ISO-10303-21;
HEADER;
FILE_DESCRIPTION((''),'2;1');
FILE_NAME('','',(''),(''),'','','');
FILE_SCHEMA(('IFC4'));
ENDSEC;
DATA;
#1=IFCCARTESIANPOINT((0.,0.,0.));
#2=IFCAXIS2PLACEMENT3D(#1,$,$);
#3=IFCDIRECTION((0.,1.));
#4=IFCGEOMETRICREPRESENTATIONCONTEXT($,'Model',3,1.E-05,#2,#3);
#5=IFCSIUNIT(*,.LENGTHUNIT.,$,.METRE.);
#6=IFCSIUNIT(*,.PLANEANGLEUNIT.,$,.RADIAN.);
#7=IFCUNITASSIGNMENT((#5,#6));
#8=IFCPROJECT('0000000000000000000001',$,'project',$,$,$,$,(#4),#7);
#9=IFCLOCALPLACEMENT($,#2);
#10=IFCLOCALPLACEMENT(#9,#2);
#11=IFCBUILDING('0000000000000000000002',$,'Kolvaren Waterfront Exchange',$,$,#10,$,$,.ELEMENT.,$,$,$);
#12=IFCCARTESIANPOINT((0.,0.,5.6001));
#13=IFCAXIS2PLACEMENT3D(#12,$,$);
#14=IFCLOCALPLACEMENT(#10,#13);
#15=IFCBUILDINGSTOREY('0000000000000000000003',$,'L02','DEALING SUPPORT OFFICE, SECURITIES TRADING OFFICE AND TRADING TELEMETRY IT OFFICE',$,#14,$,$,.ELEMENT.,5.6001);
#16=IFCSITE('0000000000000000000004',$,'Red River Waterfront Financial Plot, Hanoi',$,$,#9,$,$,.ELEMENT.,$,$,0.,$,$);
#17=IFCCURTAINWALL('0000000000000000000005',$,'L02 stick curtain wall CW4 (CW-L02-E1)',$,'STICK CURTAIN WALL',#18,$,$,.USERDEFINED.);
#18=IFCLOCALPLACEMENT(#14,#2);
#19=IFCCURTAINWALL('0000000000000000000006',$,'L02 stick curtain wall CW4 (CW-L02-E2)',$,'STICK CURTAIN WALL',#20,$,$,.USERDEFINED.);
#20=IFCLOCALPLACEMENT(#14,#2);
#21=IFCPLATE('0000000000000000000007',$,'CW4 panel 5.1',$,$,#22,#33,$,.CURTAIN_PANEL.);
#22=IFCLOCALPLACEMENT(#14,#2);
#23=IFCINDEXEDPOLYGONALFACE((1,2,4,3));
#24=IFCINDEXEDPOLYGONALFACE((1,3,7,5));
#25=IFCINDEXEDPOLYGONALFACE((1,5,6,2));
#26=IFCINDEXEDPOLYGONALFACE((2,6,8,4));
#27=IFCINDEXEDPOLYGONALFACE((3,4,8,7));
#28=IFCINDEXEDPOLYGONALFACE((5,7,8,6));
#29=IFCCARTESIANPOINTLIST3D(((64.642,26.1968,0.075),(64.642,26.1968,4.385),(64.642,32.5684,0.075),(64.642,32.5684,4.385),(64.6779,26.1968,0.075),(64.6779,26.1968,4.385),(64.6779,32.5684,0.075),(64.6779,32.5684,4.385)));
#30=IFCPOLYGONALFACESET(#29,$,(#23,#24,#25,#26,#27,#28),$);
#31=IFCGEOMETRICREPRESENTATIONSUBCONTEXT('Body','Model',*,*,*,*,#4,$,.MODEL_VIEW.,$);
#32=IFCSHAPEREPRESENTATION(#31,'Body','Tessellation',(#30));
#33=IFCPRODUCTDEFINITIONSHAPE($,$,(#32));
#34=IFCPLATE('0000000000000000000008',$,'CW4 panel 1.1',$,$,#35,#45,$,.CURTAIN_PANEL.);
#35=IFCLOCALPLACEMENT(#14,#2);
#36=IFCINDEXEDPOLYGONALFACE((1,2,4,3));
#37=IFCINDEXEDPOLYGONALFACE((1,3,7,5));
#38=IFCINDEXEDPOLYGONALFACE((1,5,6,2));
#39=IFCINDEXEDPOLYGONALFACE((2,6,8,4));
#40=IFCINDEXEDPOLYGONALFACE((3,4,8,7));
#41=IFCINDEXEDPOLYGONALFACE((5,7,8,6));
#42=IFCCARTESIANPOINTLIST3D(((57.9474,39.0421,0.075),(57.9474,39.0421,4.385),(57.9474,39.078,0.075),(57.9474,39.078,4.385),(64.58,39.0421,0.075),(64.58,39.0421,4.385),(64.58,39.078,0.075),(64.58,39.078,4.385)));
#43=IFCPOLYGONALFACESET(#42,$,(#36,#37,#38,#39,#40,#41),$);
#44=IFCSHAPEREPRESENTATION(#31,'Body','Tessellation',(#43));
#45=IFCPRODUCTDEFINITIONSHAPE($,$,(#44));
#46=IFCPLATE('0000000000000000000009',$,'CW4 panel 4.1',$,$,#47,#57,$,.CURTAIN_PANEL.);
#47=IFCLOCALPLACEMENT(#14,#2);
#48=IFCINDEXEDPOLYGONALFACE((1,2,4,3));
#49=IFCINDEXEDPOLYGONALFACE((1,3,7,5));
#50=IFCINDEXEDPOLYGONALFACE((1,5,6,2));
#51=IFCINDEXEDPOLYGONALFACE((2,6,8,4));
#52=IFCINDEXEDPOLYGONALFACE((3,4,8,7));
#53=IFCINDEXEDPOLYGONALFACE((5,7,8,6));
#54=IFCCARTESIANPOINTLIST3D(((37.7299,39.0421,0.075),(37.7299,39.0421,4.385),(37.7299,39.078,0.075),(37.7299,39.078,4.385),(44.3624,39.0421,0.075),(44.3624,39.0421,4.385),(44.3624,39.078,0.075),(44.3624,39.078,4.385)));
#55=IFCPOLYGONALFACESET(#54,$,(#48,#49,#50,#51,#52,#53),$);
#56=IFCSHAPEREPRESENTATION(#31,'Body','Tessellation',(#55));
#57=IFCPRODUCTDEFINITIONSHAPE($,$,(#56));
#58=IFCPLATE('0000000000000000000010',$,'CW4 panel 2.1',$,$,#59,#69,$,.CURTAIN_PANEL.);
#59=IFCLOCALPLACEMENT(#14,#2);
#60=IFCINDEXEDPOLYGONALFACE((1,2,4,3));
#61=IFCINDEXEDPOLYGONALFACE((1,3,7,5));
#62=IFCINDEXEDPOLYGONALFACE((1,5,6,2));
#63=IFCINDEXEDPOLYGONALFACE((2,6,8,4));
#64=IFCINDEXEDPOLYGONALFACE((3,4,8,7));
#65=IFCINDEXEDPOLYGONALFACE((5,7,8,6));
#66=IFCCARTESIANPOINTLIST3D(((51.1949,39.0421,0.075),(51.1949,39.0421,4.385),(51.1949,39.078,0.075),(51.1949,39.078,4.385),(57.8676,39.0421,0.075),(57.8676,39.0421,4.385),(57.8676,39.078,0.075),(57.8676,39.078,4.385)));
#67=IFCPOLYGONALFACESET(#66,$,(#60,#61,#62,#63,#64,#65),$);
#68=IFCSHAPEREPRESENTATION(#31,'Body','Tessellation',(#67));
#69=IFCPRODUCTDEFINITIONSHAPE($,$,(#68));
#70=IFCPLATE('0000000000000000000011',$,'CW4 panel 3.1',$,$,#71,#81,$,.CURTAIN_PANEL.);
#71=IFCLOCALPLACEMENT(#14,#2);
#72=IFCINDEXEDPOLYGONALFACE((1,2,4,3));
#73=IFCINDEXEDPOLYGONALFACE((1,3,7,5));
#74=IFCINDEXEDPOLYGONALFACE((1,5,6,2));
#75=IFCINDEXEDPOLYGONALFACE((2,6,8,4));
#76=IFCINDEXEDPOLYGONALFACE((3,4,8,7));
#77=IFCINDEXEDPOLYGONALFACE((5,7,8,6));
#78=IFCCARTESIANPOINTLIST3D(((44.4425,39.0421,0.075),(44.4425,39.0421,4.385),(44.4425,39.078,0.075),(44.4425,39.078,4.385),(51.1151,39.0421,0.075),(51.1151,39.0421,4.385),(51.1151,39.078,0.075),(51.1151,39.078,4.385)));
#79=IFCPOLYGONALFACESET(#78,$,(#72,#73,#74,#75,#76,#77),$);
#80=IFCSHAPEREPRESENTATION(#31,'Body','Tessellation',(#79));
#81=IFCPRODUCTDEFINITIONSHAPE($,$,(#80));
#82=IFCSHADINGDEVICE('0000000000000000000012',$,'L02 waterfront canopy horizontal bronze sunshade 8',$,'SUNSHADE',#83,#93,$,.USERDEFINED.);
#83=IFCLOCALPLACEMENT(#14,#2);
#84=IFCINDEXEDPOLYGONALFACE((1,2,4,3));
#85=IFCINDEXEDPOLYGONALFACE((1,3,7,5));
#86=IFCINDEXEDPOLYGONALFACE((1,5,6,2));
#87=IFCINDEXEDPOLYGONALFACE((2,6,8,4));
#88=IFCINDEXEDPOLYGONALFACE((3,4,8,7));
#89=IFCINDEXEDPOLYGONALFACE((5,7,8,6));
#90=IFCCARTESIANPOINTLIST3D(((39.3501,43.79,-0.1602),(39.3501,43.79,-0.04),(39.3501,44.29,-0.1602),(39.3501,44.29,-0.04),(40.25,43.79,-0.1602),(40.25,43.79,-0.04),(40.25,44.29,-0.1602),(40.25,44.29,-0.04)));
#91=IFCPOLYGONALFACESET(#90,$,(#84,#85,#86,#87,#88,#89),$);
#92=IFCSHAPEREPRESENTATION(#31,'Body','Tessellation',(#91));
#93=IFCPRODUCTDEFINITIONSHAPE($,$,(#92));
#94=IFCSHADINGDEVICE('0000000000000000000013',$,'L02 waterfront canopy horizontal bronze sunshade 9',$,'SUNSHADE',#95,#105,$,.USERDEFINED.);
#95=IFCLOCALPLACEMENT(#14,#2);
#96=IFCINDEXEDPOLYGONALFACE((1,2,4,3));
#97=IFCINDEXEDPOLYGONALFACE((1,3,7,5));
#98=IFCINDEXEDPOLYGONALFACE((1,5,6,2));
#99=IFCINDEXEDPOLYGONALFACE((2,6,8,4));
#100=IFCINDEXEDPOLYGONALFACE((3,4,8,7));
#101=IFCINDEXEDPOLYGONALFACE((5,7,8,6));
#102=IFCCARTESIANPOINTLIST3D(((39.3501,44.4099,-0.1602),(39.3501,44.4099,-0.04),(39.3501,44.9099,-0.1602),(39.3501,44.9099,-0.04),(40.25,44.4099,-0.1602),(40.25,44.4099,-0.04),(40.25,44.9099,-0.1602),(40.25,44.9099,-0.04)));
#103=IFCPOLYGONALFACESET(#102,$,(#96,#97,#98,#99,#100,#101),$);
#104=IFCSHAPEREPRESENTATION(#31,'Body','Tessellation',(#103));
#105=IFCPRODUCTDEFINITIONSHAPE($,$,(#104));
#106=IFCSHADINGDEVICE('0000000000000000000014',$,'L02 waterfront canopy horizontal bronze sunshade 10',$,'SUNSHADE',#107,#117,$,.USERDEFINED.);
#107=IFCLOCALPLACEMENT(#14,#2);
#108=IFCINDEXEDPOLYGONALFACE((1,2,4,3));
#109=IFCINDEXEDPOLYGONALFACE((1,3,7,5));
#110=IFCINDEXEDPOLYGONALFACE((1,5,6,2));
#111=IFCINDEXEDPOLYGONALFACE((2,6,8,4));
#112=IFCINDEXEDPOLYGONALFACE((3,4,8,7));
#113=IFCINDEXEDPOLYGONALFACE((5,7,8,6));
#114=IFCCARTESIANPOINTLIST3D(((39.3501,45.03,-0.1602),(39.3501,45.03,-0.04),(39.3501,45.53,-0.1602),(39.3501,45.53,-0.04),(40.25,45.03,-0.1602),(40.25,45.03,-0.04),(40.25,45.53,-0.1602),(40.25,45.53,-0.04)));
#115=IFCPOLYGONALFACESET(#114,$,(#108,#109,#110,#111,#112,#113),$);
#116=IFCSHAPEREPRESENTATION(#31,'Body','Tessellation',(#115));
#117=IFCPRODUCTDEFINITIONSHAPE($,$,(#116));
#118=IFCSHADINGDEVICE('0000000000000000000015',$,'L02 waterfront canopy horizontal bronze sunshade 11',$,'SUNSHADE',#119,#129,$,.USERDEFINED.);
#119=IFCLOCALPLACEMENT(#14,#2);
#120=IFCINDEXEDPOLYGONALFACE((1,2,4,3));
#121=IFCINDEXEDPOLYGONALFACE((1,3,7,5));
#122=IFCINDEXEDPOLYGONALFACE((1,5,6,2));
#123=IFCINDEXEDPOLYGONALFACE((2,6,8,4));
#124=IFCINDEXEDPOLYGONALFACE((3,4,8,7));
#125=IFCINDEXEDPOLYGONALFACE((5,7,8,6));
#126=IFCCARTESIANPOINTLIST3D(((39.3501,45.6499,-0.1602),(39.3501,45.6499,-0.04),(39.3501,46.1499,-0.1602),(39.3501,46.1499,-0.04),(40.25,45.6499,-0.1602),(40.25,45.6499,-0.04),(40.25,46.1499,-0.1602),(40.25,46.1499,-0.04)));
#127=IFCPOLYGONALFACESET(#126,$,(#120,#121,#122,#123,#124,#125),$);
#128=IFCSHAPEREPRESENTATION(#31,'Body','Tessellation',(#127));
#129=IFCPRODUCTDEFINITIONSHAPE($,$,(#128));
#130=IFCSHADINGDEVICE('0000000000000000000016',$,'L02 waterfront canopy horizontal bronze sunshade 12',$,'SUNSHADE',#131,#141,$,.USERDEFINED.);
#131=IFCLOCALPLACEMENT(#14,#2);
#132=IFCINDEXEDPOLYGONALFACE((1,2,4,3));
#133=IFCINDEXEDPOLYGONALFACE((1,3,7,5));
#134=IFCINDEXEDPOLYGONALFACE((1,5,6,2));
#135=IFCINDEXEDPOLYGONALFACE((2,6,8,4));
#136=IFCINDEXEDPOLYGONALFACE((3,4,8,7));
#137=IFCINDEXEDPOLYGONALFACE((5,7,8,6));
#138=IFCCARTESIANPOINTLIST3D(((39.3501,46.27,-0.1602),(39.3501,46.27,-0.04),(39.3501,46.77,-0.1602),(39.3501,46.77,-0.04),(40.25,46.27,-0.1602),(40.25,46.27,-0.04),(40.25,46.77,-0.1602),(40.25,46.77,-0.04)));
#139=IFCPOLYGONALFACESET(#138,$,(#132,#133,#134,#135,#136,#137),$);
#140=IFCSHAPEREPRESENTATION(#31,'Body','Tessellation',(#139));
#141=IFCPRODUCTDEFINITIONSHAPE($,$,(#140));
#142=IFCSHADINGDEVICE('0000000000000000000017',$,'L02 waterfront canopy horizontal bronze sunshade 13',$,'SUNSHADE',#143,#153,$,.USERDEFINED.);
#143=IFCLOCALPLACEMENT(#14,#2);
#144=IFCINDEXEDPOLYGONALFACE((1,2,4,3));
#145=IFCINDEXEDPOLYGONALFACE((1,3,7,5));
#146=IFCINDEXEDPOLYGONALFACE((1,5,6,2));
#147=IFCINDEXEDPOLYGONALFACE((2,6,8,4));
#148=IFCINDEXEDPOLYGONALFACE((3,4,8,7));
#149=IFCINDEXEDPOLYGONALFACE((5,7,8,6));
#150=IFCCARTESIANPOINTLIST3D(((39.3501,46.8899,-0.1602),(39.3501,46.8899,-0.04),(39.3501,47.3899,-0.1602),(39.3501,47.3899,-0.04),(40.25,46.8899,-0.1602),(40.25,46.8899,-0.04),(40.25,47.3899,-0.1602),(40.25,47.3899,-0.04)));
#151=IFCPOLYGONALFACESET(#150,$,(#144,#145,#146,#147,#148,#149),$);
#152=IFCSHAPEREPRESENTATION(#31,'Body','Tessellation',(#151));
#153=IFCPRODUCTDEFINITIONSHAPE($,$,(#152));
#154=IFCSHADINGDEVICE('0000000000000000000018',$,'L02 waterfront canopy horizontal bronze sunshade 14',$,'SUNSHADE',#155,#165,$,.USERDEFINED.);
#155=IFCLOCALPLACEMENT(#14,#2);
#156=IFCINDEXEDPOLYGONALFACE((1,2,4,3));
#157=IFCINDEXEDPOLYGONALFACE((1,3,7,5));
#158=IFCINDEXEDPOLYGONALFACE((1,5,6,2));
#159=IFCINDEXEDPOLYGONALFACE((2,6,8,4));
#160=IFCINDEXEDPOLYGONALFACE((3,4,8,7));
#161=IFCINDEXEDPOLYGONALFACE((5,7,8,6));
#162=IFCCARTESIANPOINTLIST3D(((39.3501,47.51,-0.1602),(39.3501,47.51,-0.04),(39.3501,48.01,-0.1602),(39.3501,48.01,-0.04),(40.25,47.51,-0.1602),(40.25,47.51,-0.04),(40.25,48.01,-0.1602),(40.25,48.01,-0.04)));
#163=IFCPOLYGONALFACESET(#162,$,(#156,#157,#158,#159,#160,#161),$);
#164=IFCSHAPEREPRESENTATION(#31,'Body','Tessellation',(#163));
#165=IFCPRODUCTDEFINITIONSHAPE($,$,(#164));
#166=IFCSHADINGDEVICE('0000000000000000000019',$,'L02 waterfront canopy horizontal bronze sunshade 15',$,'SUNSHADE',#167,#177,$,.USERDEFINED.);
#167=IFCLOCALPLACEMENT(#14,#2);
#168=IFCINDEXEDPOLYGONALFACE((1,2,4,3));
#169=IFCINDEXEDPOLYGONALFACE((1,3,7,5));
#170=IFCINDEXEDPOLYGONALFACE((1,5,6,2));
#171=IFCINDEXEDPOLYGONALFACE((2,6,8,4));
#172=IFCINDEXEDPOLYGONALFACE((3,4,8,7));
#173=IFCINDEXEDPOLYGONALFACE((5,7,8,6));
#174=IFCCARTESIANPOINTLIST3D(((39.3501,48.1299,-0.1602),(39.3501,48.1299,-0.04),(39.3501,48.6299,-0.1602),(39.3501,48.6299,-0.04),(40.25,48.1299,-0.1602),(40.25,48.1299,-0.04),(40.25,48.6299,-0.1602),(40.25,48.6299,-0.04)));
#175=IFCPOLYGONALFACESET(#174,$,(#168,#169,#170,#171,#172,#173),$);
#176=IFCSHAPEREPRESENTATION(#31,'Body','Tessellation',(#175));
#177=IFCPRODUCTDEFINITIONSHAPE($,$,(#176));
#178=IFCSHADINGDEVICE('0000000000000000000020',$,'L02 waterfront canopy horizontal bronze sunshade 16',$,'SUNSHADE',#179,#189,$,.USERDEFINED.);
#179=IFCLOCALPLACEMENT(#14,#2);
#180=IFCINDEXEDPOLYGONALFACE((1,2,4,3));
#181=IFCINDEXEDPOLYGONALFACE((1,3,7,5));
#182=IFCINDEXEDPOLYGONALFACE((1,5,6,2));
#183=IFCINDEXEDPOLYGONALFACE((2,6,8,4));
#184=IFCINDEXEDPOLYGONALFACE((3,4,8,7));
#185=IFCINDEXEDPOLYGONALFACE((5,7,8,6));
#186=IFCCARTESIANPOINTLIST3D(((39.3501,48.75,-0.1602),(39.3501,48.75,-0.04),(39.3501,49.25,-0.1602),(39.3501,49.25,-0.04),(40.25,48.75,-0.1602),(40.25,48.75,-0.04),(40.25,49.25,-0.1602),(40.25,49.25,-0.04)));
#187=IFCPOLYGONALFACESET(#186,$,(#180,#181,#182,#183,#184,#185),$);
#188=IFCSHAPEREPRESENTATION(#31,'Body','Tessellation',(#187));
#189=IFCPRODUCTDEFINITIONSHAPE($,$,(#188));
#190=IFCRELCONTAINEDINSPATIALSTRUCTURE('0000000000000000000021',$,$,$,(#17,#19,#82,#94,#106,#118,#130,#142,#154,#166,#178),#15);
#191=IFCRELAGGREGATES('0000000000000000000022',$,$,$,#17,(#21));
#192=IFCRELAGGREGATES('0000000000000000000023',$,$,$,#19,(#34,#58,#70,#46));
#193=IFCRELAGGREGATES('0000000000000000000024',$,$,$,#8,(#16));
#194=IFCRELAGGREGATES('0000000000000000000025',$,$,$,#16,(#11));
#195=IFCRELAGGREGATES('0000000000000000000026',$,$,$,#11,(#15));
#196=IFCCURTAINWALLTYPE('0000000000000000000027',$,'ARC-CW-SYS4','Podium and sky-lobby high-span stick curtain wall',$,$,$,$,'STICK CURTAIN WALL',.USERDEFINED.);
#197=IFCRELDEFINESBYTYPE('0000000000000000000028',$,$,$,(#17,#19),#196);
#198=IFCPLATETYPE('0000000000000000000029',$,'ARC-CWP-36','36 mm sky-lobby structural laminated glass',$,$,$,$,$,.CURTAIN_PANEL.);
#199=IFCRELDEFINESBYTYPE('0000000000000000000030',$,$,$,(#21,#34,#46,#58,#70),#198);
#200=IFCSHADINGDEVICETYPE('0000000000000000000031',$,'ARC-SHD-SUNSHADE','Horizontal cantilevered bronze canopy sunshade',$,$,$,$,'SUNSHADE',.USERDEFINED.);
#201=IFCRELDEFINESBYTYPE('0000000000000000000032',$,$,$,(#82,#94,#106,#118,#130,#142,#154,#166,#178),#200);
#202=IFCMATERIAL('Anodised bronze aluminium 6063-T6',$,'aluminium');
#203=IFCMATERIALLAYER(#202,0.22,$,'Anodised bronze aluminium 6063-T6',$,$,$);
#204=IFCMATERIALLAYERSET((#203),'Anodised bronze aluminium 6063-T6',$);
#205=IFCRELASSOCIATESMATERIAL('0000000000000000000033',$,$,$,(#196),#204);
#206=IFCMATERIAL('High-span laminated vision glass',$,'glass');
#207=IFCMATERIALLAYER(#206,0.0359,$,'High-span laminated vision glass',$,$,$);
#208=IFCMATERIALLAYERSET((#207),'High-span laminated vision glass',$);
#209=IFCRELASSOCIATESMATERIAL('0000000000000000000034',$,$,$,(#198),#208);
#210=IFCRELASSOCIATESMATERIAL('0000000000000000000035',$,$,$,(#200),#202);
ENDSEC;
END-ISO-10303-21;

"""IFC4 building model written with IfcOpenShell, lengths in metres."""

from ifc_helpers import new_model, si_unit, direction, frame, origin, origin_with_axes, origin_2d, place, context, subcontext, project, spatial, rectangle, extrude, source, transform, mapped, material, layer, layer_set, type_object, element, aggregate, save


model = new_model("IFC4")

# Units and contexts
model_context = context("Model", 3, precision=1e-05, world=origin(), true_north=direction((0.0, 1.0)))
body_context = subcontext(model_context, "Body", "Model", "MODEL_VIEW")
ifc_project = project(units=[si_unit("LENGTHUNIT", "METRE"), si_unit("PLANEANGLEUNIT", "RADIAN")], contexts=[model_context])

# Site, building, storey
site_placement = place(None, origin())
site = spatial("IfcSite", under=ifc_project, at=site_placement, Name="Red River Waterfront Financial Plot, Hanoi", CompositionType="ELEMENT", RefElevation=0.0)
building_placement = place(site_placement, origin())
building = spatial("IfcBuilding", under=site, at=building_placement, Name="Kolvaren Waterfront Exchange", CompositionType="ELEMENT")
storey_placement = place(building_placement, frame((0.0, 0.0, 5.6001)))
storey = spatial("IfcBuildingStorey", under=building, at=storey_placement, Name="L02", Description="DEALING SUPPORT OFFICE, SECURITIES TRADING OFFICE AND TRADING TELEMETRY IT OFFICE", CompositionType="ELEMENT", Elevation=5.6001)

# Curtain walls
ifc_material_1 = material(Name="Anodised bronze aluminium 6063-T6", Category="aluminium")
ifc_layer_1 = layer(ifc_material_1, 0.22, Name="Anodised bronze aluminium 6063-T6")
ifc_layer_set_1 = layer_set([ifc_layer_1], Name="Anodised bronze aluminium 6063-T6")
curtain_wall_type = type_object("IfcCurtainWallType", Name="ARC-CW-SYS4", Description="Podium and sky-lobby high-span stick curtain wall", ElementType="STICK CURTAIN WALL", PredefinedType="USERDEFINED", material=ifc_layer_set_1)
curtain_wall_1_placement = place(storey_placement, origin())
curtain_wall_1 = element("IfcCurtainWall", 1, at=curtain_wall_1_placement, inside=storey, type_object=curtain_wall_type, Name="L02 stick curtain wall CW4 (CW-L02-E1)", ObjectType="STICK CURTAIN WALL", PredefinedType="USERDEFINED")
curtain_wall_2_placement = place(storey_placement, origin())
curtain_wall_2 = element("IfcCurtainWall", 2, at=curtain_wall_2_placement, inside=storey, type_object=curtain_wall_type, Name="L02 stick curtain wall CW4 (CW-L02-E2)", ObjectType="STICK CURTAIN WALL", PredefinedType="USERDEFINED")

# Plates
ifc_material_2 = material(Name="High-span laminated vision glass", Category="glass")
ifc_layer_2 = layer(ifc_material_2, 0.0359, Name="High-span laminated vision glass")
ifc_layer_set_2 = layer_set([ifc_layer_2], Name="High-span laminated vision glass")
plate_type = type_object("IfcPlateType", Name="ARC-CWP-36", Description="36 mm sky-lobby structural laminated glass", PredefinedType="CURTAIN_PANEL", material=ifc_layer_set_2)
shared_shape_1 = source(origin_with_axes(), body_context, "Body", "SweptSolid", [
    extrude(rectangle(XDim=6.3716, YDim=0.0359, at=origin_2d()), origin(), (0.0, 0.0, 1.0), 4.3101),
])
plate_1_placement = place(storey_placement, frame((64.6599, 29.3826, 0.075), z_axis=(0.0, 0.0, 1.0), x_axis=(0.0, 1.0, 0.0)))
plate_1 = element("IfcPlate", 3, at=plate_1_placement, type_object=plate_type, Name="CW4 panel 5.1", PredefinedType="CURTAIN_PANEL", context=body_context, shape_type="MappedRepresentation", body=[
    mapped(shared_shape_1, transform((0.0, 0.0, 0.0), x_axis=(1.0, 0.0, 0.0), y_axis=(0.0, 1.0, 0.0), z_axis=(0.0, 0.0, 1.0), scale=1.0)),
])
aggregate(curtain_wall_1, [plate_1])
shared_shape_2 = source(origin_with_axes(), body_context, "Body", "SweptSolid", [
    extrude(rectangle(XDim=6.6326, YDim=0.0359, at=origin_2d()), origin(), (0.0, 0.0, 1.0), 4.3101),
])
plate_2_placement = place(storey_placement, frame((61.2637, 39.0601, 0.075), z_axis=(0.0, 0.0, 1.0), x_axis=(-1.0, 0.0, 0.0)))
plate_2 = element("IfcPlate", 4, at=plate_2_placement, type_object=plate_type, Name="CW4 panel 1.1", PredefinedType="CURTAIN_PANEL", context=body_context, shape_type="MappedRepresentation", body=[
    mapped(shared_shape_2, transform((0.0, 0.0, 0.0), x_axis=(1.0, 0.0, 0.0), y_axis=(0.0, 1.0, 0.0), z_axis=(0.0, 0.0, 1.0), scale=1.0)),
])
plate_3_placement = place(storey_placement, frame((41.0461, 39.0601, 0.075), z_axis=(0.0, 0.0, 1.0), x_axis=(-1.0, 0.0, 0.0)))
plate_3 = element("IfcPlate", 5, at=plate_3_placement, type_object=plate_type, Name="CW4 panel 4.1", PredefinedType="CURTAIN_PANEL", context=body_context, shape_type="MappedRepresentation", body=[
    mapped(shared_shape_2, transform((0.0, 0.0, 0.0), x_axis=(1.0, 0.0, 0.0), y_axis=(0.0, 1.0, 0.0), z_axis=(0.0, 0.0, 1.0), scale=1.0)),
])
shared_shape_3 = source(origin_with_axes(), body_context, "Body", "SweptSolid", [
    extrude(rectangle(XDim=6.6726, YDim=0.0359, at=origin_2d()), origin(), (0.0, 0.0, 1.0), 4.3101),
])
plate_4_placement = place(storey_placement, frame((54.5312, 39.0601, 0.075), z_axis=(0.0, 0.0, 1.0), x_axis=(-1.0, 0.0, 0.0)))
plate_4 = element("IfcPlate", 6, at=plate_4_placement, type_object=plate_type, Name="CW4 panel 2.1", PredefinedType="CURTAIN_PANEL", context=body_context, shape_type="MappedRepresentation", body=[
    mapped(shared_shape_3, transform((0.0, 0.0, 0.0), x_axis=(1.0, 0.0, 0.0), y_axis=(0.0, 1.0, 0.0), z_axis=(0.0, 0.0, 1.0), scale=1.0)),
])
plate_5_placement = place(storey_placement, frame((47.7788, 39.0601, 0.075), z_axis=(0.0, 0.0, 1.0), x_axis=(-1.0, 0.0, 0.0)))
plate_5 = element("IfcPlate", 7, at=plate_5_placement, type_object=plate_type, Name="CW4 panel 3.1", PredefinedType="CURTAIN_PANEL", context=body_context, shape_type="MappedRepresentation", body=[
    mapped(shared_shape_3, transform((0.0, 0.0, 0.0), x_axis=(1.0, 0.0, 0.0), y_axis=(0.0, 1.0, 0.0), z_axis=(0.0, 0.0, 1.0), scale=1.0)),
])
aggregate(curtain_wall_2, [plate_2, plate_4, plate_5, plate_3])

# Shading devices
shading_device_type = type_object("IfcShadingDeviceType", Name="ARC-SHD-SUNSHADE", Description="Horizontal cantilevered bronze canopy sunshade", ElementType="SUNSHADE", PredefinedType="USERDEFINED", material=ifc_material_1)
shared_shape_4 = source(origin_with_axes(), body_context, "Body", "SweptSolid", [
    extrude(rectangle(XDim=0.8999, YDim=0.5, at=origin_2d()), origin(), (0.0, 0.0, 1.0), 0.1201),
])
for number, where, z_axis, x_axis, name in (
    (8, (39.8, 44.04, -0.1602), (0.0, 0.0, 1.0), (1.0, 0.0, 0.0), "L02 waterfront canopy horizontal bronze sunshade 8"),
    (9, (39.8, 44.6599, -0.1602), (0.0, 0.0, 1.0), (1.0, 0.0, 0.0), "L02 waterfront canopy horizontal bronze sunshade 9"),
    (10, (39.8, 45.28, -0.1602), (0.0, 0.0, 1.0), (1.0, 0.0, 0.0), "L02 waterfront canopy horizontal bronze sunshade 10"),
    (11, (39.8, 45.8999, -0.1602), (0.0, 0.0, 1.0), (1.0, 0.0, 0.0), "L02 waterfront canopy horizontal bronze sunshade 11"),
    (12, (39.8, 46.52, -0.1602), (0.0, 0.0, 1.0), (1.0, 0.0, 0.0), "L02 waterfront canopy horizontal bronze sunshade 12"),
    (13, (39.8, 47.1399, -0.1602), (0.0, 0.0, 1.0), (1.0, 0.0, 0.0), "L02 waterfront canopy horizontal bronze sunshade 13"),
    (14, (39.8, 47.76, -0.1602), (0.0, 0.0, 1.0), (1.0, 0.0, 0.0), "L02 waterfront canopy horizontal bronze sunshade 14"),
    (15, (39.8, 48.3799, -0.1602), (0.0, 0.0, 1.0), (1.0, 0.0, 0.0), "L02 waterfront canopy horizontal bronze sunshade 15"),
    (16, (39.8, 49.0, -0.1602), (0.0, 0.0, 1.0), (1.0, 0.0, 0.0), "L02 waterfront canopy horizontal bronze sunshade 16"),
):
    element("IfcShadingDevice", number, at=place(storey_placement, frame(where, z_axis=z_axis, x_axis=x_axis)), inside=storey, type_object=shading_device_type, Name=name, ObjectType="SUNSHADE", PredefinedType="USERDEFINED", context=body_context, shape_type="MappedRepresentation", body=[
        mapped(shared_shape_4, transform((0.0, 0.0, 0.0), x_axis=(1.0, 0.0, 0.0), y_axis=(0.0, 1.0, 0.0), z_axis=(0.0, 0.0, 1.0), scale=1.0)),
    ])

save(model, "model.ifc")
